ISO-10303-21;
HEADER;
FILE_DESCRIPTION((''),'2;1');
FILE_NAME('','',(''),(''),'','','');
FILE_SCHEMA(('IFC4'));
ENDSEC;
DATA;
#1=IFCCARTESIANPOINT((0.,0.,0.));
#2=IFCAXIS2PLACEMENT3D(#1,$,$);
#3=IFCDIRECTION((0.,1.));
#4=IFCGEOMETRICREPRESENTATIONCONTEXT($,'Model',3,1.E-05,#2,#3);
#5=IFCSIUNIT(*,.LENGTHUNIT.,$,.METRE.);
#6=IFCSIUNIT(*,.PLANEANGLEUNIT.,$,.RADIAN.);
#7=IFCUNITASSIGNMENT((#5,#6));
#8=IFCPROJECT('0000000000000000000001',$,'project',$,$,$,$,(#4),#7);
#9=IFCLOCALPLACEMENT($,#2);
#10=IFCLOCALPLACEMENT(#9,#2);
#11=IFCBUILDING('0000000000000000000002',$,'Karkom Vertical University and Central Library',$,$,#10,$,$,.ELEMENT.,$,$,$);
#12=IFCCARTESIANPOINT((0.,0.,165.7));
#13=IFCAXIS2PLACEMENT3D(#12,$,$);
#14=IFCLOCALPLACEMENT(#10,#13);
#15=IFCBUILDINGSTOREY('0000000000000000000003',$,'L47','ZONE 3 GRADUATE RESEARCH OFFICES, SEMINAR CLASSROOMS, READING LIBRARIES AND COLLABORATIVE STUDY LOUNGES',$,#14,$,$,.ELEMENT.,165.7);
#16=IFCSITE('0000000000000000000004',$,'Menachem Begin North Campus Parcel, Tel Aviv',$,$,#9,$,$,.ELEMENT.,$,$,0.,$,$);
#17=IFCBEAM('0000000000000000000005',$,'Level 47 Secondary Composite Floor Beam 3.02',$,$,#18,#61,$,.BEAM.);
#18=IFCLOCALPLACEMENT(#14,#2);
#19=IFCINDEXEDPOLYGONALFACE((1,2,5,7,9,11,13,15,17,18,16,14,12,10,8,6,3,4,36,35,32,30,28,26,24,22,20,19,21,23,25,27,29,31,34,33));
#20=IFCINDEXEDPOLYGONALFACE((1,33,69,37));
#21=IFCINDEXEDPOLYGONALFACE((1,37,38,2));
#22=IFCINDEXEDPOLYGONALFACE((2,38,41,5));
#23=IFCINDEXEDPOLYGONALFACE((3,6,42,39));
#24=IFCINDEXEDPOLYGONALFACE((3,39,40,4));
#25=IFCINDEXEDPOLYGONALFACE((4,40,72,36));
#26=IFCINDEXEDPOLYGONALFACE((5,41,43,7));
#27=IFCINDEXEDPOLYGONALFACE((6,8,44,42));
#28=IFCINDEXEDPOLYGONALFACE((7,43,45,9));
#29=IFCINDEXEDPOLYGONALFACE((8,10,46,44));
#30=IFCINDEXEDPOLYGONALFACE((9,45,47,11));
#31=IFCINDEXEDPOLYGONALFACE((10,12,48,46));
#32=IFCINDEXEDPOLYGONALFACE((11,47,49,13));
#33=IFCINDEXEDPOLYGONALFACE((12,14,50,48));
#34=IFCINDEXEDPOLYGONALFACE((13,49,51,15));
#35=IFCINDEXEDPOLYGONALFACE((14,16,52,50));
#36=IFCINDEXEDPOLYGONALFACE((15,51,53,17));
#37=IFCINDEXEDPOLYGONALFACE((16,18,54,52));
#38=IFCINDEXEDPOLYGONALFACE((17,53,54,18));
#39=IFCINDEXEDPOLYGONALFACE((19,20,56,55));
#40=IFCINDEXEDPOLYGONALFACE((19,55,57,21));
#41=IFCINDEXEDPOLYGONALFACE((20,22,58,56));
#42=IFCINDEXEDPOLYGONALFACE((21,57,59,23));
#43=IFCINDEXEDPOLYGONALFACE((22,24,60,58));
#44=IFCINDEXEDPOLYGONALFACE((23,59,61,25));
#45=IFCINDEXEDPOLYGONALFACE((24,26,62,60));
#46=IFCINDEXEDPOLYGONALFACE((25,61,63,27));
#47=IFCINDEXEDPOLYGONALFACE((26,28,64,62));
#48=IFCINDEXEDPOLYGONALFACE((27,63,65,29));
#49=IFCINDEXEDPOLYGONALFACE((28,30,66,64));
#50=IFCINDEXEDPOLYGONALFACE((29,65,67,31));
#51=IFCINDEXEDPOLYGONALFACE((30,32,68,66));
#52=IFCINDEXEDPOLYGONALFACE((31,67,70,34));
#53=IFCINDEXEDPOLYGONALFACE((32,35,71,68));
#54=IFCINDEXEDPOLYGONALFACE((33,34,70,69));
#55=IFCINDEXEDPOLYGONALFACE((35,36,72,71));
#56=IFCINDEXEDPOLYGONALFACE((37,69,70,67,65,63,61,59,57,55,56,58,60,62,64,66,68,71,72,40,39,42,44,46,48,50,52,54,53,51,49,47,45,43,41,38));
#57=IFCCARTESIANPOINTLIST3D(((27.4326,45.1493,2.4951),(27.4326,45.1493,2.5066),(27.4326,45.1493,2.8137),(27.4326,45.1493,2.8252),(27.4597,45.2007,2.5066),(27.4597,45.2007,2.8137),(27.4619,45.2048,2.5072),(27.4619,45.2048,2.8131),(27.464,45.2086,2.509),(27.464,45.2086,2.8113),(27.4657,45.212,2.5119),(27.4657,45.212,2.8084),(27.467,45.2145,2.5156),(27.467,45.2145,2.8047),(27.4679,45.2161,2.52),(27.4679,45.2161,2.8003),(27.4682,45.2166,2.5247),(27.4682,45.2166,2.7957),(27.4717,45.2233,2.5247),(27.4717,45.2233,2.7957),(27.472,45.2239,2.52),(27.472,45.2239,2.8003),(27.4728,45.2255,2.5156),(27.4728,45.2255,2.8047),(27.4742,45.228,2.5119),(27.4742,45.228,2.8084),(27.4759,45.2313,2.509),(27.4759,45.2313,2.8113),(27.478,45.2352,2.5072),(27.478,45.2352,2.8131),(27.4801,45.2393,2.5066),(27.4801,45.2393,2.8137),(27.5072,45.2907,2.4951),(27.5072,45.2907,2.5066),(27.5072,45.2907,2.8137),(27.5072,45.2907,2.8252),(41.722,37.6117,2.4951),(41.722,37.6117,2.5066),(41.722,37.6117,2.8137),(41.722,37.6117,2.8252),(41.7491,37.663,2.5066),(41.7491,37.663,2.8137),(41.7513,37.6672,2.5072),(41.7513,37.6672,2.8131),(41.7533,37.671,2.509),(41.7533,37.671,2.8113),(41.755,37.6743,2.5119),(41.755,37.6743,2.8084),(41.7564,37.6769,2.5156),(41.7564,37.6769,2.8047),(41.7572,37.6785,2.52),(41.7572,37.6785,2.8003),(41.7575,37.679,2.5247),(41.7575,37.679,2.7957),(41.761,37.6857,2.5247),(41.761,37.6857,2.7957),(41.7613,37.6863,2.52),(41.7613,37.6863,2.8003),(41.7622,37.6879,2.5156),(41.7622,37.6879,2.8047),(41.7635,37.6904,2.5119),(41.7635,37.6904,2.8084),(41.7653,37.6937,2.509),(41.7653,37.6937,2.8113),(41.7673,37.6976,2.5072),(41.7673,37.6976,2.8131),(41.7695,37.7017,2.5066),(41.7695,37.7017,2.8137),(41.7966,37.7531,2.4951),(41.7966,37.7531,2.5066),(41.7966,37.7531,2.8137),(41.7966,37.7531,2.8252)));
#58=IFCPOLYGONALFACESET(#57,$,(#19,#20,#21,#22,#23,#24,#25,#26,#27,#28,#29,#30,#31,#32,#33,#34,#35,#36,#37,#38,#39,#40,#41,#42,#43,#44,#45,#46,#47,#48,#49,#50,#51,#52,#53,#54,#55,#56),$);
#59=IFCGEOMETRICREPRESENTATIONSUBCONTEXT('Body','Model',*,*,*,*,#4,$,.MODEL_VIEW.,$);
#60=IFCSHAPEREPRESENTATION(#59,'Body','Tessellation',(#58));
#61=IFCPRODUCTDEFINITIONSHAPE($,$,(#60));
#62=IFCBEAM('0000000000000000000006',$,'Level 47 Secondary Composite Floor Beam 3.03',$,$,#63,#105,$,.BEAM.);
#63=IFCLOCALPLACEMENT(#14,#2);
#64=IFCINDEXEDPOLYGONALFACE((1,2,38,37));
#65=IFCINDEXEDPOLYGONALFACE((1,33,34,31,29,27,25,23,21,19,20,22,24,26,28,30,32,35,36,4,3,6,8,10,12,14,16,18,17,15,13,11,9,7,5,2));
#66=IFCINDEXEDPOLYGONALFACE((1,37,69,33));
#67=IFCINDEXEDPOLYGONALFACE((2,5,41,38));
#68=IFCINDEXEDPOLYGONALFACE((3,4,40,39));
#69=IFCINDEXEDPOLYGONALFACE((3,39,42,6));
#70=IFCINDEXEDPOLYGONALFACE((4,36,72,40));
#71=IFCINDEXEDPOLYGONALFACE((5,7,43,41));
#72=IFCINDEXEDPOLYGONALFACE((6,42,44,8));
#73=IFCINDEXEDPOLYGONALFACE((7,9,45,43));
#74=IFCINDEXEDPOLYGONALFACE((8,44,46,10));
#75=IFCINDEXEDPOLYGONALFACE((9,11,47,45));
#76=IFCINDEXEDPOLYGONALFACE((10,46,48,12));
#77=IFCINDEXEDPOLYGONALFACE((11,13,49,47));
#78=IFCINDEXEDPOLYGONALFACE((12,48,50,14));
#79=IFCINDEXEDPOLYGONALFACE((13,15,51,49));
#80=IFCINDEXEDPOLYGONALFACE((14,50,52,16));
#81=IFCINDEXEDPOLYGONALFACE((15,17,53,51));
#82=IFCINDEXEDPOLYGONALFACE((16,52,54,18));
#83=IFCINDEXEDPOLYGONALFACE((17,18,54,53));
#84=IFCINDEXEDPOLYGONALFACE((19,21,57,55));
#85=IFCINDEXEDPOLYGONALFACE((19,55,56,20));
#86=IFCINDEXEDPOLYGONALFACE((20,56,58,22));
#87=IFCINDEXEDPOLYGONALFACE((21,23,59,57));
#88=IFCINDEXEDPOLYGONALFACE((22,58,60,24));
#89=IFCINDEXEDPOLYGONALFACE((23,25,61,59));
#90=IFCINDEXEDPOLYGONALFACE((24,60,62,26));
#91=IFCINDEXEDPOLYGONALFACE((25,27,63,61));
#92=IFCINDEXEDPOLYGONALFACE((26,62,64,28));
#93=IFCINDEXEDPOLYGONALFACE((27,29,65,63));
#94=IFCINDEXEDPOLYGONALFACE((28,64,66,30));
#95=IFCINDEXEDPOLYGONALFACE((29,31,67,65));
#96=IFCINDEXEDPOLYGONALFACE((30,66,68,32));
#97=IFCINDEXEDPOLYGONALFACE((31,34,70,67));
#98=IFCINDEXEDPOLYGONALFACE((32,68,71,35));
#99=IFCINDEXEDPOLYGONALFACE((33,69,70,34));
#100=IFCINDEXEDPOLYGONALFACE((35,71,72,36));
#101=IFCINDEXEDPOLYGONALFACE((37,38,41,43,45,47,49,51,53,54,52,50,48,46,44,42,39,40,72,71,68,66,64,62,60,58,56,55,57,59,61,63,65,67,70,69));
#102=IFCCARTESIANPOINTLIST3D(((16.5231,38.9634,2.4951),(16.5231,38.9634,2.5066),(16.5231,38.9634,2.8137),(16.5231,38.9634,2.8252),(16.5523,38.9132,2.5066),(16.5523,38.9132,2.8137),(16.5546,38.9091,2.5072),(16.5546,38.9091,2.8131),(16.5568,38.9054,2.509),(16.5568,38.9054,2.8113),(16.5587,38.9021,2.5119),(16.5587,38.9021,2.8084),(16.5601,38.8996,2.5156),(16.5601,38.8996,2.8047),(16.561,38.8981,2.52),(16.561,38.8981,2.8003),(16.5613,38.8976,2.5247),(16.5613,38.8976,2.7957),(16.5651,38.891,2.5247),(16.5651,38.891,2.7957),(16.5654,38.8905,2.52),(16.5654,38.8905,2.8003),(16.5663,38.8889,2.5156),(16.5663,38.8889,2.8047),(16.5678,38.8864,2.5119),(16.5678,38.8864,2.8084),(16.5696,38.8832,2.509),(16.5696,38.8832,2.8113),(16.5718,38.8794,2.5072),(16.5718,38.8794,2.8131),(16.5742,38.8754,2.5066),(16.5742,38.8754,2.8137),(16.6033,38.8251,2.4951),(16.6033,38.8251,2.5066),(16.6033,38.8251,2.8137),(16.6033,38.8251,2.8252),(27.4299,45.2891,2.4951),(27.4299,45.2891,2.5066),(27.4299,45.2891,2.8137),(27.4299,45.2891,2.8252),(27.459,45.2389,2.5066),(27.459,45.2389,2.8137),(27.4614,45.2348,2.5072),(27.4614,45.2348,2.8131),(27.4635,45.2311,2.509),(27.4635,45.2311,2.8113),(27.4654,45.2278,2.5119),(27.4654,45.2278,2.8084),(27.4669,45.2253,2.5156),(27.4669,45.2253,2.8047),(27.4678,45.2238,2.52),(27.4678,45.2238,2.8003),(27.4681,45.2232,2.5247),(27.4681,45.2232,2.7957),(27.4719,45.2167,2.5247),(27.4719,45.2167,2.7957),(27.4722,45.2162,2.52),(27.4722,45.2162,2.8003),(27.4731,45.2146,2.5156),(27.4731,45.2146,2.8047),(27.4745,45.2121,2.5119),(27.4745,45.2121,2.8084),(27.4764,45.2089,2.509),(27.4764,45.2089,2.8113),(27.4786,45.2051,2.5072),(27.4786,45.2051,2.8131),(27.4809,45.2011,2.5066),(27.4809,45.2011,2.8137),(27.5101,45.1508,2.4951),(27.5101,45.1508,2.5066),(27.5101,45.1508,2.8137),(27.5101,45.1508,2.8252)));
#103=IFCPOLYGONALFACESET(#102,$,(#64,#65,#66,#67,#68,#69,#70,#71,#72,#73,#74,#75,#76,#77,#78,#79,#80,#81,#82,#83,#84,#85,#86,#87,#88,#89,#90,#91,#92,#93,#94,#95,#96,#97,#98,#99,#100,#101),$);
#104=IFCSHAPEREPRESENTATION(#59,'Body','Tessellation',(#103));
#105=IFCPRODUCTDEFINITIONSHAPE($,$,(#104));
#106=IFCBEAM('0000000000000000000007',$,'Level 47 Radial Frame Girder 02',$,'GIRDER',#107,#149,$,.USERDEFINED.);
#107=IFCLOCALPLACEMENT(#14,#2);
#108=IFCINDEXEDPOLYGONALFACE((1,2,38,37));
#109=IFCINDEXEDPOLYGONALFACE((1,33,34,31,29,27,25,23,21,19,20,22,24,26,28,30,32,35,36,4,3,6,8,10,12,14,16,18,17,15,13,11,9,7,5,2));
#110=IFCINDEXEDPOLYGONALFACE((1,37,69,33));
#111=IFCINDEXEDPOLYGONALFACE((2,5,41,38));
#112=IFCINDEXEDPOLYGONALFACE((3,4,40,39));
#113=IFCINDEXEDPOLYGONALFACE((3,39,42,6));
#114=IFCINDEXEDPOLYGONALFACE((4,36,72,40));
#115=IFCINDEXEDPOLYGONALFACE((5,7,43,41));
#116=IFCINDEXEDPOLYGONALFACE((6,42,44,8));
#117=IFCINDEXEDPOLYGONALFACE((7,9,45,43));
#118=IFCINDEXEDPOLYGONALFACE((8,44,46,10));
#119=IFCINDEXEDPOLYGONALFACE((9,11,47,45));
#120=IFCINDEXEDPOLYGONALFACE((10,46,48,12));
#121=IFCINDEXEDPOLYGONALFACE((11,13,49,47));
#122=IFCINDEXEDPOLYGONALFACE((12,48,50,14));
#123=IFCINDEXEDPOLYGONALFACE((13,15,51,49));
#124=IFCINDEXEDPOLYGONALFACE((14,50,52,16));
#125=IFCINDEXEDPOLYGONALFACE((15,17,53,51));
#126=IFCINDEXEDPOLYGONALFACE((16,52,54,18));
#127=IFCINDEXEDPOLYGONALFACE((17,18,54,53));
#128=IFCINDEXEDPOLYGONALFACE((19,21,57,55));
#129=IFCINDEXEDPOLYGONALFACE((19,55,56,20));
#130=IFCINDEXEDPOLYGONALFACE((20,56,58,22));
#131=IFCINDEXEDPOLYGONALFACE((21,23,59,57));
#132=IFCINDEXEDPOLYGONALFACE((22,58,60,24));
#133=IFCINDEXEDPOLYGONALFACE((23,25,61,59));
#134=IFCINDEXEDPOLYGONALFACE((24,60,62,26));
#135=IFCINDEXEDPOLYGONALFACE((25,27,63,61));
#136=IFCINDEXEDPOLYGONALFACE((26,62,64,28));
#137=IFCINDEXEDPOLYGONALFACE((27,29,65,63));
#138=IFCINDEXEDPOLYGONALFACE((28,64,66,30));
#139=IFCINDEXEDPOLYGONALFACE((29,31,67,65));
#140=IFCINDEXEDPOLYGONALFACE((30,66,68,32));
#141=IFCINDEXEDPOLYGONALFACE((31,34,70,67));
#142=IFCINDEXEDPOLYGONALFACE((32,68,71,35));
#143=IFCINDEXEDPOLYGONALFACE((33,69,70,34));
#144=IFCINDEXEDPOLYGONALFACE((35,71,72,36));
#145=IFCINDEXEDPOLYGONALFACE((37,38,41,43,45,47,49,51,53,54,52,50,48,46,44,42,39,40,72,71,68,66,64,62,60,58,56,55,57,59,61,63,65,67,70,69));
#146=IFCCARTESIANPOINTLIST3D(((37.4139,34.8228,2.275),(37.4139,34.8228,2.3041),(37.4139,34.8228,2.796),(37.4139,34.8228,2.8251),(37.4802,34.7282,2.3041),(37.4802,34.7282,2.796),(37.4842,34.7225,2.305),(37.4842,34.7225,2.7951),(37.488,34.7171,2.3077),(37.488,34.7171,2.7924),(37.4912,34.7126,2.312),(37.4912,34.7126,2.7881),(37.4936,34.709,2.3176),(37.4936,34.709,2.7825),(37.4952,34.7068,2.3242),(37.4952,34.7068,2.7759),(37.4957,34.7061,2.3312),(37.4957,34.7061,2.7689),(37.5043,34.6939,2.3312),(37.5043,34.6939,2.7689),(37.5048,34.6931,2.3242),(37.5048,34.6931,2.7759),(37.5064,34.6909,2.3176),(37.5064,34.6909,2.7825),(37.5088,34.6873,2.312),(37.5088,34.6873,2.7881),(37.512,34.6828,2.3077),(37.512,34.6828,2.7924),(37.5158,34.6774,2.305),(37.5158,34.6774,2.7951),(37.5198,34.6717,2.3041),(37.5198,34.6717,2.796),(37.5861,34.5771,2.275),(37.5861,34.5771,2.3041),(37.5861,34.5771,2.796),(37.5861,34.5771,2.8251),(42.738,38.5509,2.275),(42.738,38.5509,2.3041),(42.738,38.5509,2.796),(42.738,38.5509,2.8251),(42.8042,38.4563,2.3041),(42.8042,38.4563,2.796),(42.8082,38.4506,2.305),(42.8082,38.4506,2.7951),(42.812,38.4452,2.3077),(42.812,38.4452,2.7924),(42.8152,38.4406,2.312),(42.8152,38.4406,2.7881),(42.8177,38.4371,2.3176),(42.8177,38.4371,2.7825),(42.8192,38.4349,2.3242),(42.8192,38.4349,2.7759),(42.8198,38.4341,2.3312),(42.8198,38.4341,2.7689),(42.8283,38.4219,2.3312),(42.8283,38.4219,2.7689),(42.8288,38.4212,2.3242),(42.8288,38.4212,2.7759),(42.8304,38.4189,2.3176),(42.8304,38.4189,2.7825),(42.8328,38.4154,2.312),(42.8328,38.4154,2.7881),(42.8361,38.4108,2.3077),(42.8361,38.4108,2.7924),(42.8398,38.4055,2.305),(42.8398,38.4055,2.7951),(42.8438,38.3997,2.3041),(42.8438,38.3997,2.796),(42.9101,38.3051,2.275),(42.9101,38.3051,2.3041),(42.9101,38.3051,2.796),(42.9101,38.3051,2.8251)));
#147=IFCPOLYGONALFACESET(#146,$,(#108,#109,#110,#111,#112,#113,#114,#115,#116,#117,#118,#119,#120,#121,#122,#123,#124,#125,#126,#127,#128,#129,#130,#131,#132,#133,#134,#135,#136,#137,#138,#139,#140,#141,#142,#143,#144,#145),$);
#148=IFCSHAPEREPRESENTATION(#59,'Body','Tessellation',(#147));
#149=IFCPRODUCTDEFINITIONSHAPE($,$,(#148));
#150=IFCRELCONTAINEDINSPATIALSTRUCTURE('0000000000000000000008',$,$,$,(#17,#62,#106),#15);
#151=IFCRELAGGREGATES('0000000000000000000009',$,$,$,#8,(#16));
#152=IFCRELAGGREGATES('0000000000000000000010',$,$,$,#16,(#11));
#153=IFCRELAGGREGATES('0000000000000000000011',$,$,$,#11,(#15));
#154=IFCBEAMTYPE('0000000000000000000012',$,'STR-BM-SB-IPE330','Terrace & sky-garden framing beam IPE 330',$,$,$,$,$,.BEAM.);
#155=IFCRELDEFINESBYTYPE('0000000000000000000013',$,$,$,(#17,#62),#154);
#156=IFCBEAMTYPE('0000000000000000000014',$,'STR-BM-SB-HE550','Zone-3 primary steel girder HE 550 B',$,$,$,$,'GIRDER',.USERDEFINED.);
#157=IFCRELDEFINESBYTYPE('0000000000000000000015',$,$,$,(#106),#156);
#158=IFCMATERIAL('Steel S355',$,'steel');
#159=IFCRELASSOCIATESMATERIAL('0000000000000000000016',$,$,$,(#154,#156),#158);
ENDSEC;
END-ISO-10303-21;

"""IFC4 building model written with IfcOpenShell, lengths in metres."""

from ifc_helpers import new_model, si_unit, direction, frame, origin, origin_with_axes, origin_2d, place, context, subcontext, project, spatial, i_section, extrude, source, transform, mapped, material, material_profile, profile_set, type_object, element, save


model = new_model("IFC4")

# Units and contexts
model_context = context("Model", 3, precision=1e-05, world=origin(), true_north=direction((0.0, 1.0)))
body_context = subcontext(model_context, "Body", "Model", "MODEL_VIEW")
ifc_project = project(units=[si_unit("LENGTHUNIT", "METRE"), si_unit("PLANEANGLEUNIT", "RADIAN")], contexts=[model_context])

# Site, building, storey
site_placement = place(None, origin())
site = spatial("IfcSite", under=ifc_project, at=site_placement, Name="Menachem Begin North Campus Parcel, Tel Aviv", CompositionType="ELEMENT", RefElevation=0.0)
building_placement = place(site_placement, origin())
building = spatial("IfcBuilding", under=site, at=building_placement, Name="Karkom Vertical University and Central Library", CompositionType="ELEMENT")
storey_placement = place(building_placement, frame((0.0, 0.0, 165.7)))
storey = spatial("IfcBuildingStorey", under=building, at=storey_placement, Name="L47", Description="ZONE 3 GRADUATE RESEARCH OFFICES, SEMINAR CLASSROOMS, READING LIBRARIES AND COLLABORATIVE STUDY LOUNGES", CompositionType="ELEMENT", Elevation=165.7)

# Beams
ifc_material_1 = material(Name="Steel S355", Category="steel")
ifc_material_profile_1 = material_profile(ifc_material_1, i_section(OverallWidth=0.1599, OverallDepth=0.3301, WebThickness=0.0076, FlangeThickness=0.0115, FilletRadius=0.0181, at=origin_2d()), Name="IPE 330")
ifc_profile_set_1 = profile_set([ifc_material_profile_1], Name="Steel S355")
beam_type_1 = type_object("IfcBeamType", Name="STR-BM-SB-IPE330", Description="Terrace & sky-garden framing beam IPE 330", PredefinedType="BEAM", material=ifc_profile_set_1)
shared_shape_1 = source(origin_with_axes(), body_context, "Body", "SweptSolid", [
    extrude(i_section(OverallWidth=0.1599, OverallDepth=0.3301, WebThickness=0.0076, FlangeThickness=0.0115, FilletRadius=0.0181, at=origin_2d()), origin(), (0.0, 0.0, 1.0), 16.1555),
])
beam_1_placement = place(storey_placement, frame((41.7593, 37.6824, 2.6602), z_axis=(-0.884486, 0.466566, 0.0), x_axis=(-0.466566, -0.884486, 0.0)))
element("IfcBeam", 1, at=beam_1_placement, inside=storey, type_object=beam_type_1, Name="Level 47 Secondary Composite Floor Beam 3.02", PredefinedType="BEAM", context=body_context, shape_type="MappedRepresentation", body=[
    mapped(shared_shape_1, transform((0.0, 0.0, 0.0), scale=1.0)),
])
shared_shape_2 = source(origin_with_axes(), body_context, "Body", "SweptSolid", [
    extrude(i_section(OverallWidth=0.1599, OverallDepth=0.3301, WebThickness=0.0076, FlangeThickness=0.0115, FilletRadius=0.0181, at=origin_2d()), origin(), (0.0, 0.0, 1.0), 12.6084),
])
beam_2_placement = place(storey_placement, frame((27.47, 45.22, 2.6602), z_axis=(-0.865039, -0.501705, 0.0), x_axis=(0.501705, -0.865039, 0.0)))
element("IfcBeam", 2, at=beam_2_placement, inside=storey, type_object=beam_type_1, Name="Level 47 Secondary Composite Floor Beam 3.03", PredefinedType="BEAM", context=body_context, shape_type="MappedRepresentation", body=[
    mapped(shared_shape_2, transform((0.0, 0.0, 0.0), scale=1.0)),
])
ifc_material_profile_2 = material_profile(ifc_material_1, i_section(OverallWidth=0.3, OverallDepth=0.55, WebThickness=0.0149, FlangeThickness=0.0291, FilletRadius=0.0271, at=origin_2d()), Name="HE 550 B")
ifc_profile_set_2 = profile_set([ifc_material_profile_2], Name="Steel S355")
beam_type_2 = type_object("IfcBeamType", Name="STR-BM-SB-HE550", Description="Zone-3 primary steel girder HE 550 B", ElementType="GIRDER", PredefinedType="USERDEFINED", material=ifc_profile_set_2)
shared_shape_3 = source(origin_with_axes(), body_context, "Body", "SweptSolid", [
    extrude(i_section(OverallWidth=0.3, OverallDepth=0.55, WebThickness=0.0149, FlangeThickness=0.0291, FilletRadius=0.0271, at=origin_2d()), origin(), (0.0, 0.0, 1.0), 6.4995),
])
beam_3_placement = place(storey_placement, frame((37.5, 34.7, 2.55), z_axis=(0.819142, 0.573591, 0.0), x_axis=(-0.573591, 0.819142, 0.0)))
element("IfcBeam", 3, at=beam_3_placement, inside=storey, type_object=beam_type_2, Name="Level 47 Radial Frame Girder 02", ObjectType="GIRDER", PredefinedType="USERDEFINED", context=body_context, shape_type="MappedRepresentation", body=[
    mapped(shared_shape_3, transform((0.0, 0.0, 0.0), scale=1.0)),
])

save(model, "model.ifc")
